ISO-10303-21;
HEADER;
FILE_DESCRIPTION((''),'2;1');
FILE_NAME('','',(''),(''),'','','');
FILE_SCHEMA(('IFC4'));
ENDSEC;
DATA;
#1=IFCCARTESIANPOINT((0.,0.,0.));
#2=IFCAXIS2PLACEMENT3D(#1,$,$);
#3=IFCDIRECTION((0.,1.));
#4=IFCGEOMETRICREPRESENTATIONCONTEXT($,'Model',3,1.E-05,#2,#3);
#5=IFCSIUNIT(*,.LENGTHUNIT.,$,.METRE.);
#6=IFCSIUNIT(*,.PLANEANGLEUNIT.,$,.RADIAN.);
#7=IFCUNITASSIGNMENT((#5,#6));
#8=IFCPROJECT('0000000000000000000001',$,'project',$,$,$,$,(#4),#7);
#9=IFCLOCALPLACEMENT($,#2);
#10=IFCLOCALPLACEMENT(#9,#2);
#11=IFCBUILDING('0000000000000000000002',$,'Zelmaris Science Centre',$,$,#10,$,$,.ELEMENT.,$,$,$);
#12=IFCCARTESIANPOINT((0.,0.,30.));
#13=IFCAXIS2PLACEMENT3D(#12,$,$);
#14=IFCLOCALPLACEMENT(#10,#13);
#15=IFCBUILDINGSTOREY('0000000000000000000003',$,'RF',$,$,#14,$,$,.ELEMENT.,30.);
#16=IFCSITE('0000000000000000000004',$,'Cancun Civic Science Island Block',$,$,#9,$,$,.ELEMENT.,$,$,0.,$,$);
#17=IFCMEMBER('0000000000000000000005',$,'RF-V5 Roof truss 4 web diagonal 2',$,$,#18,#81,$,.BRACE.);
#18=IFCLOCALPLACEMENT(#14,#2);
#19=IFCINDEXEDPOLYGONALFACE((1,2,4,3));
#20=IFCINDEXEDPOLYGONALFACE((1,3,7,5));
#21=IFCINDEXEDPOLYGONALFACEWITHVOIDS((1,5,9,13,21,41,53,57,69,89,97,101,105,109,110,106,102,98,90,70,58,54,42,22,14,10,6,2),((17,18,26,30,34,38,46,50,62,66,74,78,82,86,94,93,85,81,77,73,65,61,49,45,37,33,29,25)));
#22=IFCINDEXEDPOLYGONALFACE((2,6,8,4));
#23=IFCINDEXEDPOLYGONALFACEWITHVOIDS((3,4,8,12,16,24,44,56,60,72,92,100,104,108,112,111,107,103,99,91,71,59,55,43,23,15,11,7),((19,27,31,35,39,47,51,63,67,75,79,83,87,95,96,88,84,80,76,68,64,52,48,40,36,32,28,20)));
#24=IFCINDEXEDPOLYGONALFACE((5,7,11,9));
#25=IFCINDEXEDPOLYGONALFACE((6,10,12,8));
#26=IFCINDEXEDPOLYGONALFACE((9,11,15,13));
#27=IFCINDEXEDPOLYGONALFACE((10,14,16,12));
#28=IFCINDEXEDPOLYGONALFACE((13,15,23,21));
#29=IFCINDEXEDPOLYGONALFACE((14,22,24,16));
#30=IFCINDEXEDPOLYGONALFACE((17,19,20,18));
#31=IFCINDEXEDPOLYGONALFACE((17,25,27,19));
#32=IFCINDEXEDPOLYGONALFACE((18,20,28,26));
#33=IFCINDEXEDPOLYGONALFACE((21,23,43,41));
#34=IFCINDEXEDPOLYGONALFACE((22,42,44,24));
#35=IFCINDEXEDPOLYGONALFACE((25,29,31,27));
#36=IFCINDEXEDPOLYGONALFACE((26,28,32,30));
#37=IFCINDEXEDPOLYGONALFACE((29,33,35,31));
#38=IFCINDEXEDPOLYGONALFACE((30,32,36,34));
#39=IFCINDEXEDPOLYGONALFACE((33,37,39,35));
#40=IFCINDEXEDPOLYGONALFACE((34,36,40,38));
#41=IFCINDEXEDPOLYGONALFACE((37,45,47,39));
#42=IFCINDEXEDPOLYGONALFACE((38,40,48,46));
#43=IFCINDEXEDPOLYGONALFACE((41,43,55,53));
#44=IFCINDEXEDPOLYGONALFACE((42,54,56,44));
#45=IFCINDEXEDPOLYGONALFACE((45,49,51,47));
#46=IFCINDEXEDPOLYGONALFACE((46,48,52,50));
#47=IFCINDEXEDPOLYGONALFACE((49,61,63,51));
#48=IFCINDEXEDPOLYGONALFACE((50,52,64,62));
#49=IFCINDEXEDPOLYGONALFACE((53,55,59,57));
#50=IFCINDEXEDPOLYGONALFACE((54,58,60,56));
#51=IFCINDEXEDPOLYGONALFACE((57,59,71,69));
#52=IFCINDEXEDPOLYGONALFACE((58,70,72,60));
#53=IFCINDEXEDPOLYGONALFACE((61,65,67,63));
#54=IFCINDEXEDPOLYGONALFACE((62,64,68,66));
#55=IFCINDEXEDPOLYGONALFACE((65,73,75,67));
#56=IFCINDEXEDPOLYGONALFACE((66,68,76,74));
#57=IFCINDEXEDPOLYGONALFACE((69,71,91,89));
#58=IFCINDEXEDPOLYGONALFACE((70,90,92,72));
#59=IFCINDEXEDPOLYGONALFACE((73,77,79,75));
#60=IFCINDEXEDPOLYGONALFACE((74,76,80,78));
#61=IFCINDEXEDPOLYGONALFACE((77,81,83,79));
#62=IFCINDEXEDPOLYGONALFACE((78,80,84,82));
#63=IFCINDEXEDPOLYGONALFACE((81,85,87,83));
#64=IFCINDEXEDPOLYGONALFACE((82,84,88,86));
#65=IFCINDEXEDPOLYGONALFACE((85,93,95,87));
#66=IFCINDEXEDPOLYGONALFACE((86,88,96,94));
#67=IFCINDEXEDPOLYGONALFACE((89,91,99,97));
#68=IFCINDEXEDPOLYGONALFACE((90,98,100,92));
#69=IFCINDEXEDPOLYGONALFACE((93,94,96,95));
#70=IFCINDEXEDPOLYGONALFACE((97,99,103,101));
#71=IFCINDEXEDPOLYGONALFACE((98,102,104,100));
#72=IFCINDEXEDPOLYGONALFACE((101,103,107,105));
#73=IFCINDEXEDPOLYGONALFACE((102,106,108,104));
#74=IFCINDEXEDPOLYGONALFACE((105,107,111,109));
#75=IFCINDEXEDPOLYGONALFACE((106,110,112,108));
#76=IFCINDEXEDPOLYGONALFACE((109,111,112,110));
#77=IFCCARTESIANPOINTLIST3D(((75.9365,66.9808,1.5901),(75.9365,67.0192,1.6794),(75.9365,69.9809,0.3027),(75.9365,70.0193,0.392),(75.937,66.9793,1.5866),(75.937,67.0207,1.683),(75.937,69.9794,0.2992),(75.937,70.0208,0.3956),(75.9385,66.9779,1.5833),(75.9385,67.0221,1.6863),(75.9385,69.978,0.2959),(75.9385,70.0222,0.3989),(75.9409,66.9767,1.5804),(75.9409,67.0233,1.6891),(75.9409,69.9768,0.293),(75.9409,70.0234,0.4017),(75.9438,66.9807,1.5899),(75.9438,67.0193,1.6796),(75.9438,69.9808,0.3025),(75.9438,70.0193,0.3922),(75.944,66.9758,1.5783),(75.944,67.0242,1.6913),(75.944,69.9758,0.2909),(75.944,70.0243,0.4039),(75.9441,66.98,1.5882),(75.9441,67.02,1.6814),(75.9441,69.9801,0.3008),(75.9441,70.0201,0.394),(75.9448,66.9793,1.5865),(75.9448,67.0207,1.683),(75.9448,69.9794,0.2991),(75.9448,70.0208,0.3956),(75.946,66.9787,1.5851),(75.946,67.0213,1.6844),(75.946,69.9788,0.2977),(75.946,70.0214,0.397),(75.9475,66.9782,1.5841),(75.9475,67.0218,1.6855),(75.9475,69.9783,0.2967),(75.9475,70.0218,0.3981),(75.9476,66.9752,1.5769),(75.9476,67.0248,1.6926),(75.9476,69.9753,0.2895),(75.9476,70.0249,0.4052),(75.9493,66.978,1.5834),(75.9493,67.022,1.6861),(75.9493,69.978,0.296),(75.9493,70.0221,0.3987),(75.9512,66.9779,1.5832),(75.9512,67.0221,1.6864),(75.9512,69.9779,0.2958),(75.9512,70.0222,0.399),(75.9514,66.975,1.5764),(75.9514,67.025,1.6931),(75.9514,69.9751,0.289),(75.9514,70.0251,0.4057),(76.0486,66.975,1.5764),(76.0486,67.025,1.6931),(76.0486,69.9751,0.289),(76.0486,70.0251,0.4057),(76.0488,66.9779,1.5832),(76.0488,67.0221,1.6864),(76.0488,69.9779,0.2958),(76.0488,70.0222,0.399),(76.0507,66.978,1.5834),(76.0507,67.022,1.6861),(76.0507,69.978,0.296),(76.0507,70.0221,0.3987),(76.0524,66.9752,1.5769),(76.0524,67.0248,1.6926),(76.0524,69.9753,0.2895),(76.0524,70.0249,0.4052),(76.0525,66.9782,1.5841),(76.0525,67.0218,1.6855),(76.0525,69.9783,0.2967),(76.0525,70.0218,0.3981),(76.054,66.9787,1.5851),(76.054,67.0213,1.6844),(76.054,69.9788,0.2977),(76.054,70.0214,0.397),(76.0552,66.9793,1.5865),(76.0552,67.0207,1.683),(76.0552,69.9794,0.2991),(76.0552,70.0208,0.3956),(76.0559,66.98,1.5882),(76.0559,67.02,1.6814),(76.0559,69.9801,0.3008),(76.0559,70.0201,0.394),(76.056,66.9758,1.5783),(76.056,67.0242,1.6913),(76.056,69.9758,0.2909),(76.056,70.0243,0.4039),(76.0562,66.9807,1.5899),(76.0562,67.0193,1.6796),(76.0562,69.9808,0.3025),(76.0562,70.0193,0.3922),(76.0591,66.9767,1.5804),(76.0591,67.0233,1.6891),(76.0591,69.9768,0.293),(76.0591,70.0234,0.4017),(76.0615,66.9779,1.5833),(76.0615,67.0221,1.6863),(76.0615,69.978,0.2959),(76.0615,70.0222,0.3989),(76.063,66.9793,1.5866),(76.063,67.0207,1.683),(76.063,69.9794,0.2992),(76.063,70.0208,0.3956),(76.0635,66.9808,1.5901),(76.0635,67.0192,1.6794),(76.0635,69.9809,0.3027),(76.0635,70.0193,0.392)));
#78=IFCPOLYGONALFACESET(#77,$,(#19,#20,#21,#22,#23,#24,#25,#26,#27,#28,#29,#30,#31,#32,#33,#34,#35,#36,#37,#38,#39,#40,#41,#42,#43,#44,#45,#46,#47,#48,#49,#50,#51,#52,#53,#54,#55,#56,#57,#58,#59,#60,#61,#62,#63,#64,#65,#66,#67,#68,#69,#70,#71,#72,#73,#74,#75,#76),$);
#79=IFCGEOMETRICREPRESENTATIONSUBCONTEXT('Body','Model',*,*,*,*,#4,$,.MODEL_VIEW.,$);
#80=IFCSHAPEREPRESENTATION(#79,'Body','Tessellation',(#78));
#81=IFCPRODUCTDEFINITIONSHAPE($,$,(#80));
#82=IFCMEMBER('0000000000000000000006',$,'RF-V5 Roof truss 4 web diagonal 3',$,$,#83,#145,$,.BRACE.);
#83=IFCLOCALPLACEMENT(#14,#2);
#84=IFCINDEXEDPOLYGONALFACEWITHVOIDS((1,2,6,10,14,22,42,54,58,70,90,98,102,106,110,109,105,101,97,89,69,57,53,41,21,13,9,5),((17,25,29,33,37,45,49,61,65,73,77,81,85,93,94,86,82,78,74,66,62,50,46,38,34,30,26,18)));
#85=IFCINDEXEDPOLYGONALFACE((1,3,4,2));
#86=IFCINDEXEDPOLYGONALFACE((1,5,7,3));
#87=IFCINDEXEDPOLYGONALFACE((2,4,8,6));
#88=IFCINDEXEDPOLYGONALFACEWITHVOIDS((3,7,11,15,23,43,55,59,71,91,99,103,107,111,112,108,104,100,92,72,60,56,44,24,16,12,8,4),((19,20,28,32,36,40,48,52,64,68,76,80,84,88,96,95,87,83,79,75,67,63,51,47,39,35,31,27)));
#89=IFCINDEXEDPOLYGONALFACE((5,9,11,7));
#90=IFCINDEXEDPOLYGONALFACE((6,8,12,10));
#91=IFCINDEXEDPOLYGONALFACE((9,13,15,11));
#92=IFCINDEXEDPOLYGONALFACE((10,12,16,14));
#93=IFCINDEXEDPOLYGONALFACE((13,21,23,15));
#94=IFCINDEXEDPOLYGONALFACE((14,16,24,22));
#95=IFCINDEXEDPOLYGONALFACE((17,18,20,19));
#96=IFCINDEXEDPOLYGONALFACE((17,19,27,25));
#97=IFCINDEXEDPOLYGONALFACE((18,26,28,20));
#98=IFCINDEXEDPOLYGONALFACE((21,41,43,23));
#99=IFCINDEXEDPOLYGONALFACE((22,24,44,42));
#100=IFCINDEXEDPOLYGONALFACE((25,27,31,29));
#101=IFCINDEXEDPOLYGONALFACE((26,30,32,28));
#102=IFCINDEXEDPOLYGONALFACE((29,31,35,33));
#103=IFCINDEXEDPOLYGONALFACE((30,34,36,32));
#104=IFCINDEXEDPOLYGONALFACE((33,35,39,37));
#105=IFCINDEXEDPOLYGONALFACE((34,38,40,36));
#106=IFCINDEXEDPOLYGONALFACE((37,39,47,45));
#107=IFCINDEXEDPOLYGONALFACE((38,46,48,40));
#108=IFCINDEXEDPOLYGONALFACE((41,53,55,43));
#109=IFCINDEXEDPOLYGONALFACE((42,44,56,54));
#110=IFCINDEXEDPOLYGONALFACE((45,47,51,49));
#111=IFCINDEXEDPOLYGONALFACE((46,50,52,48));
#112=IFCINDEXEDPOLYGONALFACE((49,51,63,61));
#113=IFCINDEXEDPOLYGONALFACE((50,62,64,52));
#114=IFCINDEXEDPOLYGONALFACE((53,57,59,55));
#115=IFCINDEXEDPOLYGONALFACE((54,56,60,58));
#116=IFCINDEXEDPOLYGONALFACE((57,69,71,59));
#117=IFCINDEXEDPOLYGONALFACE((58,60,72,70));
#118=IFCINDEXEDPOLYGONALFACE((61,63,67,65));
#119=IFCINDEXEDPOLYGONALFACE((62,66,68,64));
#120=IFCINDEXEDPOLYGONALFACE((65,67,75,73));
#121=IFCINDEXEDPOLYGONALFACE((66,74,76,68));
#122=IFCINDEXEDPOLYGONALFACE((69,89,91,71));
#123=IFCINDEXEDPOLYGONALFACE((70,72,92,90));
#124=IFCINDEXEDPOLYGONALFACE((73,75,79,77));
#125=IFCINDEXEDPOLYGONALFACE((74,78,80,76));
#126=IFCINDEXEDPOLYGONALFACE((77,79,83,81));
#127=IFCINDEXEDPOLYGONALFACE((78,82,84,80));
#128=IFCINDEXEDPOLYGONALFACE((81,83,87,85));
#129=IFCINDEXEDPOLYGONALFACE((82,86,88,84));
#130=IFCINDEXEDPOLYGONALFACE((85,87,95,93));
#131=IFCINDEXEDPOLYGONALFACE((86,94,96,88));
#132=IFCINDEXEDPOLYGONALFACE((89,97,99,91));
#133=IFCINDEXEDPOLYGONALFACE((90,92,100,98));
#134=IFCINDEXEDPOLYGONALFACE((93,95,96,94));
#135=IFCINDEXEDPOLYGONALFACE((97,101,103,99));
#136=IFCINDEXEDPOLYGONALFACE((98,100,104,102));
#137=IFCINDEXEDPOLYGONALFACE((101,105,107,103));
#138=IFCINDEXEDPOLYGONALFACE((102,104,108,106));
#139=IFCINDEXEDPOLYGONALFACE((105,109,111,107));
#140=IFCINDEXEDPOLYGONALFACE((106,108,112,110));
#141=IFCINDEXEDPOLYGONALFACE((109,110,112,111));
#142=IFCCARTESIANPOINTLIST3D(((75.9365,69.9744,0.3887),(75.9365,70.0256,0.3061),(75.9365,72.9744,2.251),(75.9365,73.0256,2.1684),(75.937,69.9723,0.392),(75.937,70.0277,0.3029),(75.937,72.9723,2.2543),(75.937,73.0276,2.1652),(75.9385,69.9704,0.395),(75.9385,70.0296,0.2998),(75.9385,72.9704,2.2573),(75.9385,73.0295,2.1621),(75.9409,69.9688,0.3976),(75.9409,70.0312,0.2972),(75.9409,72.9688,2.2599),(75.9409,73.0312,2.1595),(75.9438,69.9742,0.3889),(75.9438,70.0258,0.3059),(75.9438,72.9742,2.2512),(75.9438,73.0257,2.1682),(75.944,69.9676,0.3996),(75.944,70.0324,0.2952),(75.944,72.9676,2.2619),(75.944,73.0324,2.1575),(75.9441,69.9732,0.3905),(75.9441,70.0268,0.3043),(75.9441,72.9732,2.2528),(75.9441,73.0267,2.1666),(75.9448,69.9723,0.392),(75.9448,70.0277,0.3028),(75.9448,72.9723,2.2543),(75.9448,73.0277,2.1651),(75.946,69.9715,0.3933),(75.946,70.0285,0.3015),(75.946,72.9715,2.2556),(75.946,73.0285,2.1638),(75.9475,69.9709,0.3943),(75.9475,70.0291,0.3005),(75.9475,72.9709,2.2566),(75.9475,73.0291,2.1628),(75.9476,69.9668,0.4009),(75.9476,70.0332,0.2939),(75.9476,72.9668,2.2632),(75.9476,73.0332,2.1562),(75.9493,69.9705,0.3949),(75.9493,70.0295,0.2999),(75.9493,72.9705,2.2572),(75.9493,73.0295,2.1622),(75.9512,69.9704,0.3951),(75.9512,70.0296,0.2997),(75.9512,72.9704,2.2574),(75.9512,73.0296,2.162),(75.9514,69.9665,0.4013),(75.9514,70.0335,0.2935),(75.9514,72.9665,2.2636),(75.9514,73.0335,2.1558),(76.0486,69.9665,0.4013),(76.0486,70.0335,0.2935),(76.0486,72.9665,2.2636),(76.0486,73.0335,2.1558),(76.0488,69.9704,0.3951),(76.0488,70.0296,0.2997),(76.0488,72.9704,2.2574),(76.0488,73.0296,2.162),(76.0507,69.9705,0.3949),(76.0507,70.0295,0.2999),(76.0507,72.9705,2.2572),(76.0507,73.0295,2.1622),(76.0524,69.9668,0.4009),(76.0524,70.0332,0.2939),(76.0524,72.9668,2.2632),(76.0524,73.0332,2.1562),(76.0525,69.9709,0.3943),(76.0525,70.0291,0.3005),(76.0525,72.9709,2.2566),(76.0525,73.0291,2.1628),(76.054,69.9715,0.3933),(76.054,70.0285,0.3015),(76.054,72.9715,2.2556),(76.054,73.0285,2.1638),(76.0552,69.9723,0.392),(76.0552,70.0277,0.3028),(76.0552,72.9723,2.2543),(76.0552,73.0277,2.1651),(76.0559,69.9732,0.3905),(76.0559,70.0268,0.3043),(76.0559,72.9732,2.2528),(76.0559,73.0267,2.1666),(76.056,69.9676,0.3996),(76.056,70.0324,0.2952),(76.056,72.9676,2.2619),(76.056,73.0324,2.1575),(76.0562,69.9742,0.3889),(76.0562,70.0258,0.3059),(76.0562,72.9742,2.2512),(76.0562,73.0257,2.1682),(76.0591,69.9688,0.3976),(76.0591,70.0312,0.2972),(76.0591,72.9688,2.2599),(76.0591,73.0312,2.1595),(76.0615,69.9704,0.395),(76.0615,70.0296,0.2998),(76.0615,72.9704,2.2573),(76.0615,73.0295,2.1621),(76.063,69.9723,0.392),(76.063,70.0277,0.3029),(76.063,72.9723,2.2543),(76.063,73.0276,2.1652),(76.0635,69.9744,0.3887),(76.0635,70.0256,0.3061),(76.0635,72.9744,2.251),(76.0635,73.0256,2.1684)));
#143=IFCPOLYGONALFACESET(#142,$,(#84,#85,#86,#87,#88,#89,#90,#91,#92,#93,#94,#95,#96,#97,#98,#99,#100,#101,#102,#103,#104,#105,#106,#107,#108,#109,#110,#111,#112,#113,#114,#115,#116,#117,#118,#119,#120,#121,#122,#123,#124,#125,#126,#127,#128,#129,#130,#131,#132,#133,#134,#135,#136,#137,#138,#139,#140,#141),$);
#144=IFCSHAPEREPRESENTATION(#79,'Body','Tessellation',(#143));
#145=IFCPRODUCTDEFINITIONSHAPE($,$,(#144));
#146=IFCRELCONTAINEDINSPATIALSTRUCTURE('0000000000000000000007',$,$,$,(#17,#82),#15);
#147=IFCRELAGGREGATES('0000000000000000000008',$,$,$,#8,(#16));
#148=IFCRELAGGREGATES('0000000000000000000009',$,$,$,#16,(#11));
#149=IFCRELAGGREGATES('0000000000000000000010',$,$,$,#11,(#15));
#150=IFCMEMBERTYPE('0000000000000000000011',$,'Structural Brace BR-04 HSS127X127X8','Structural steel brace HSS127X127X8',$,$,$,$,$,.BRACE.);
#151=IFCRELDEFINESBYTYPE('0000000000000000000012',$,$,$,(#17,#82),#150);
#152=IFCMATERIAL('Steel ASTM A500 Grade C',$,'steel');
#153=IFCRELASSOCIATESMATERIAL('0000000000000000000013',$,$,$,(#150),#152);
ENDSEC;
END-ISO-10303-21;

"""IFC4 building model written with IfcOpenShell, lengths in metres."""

from ifc_helpers import new_model, si_unit, direction, frame, origin, origin_2d, place, context, subcontext, project, spatial, hollow_rectangle, extrude, material, material_profile, profile_set, type_object, element, save


model = new_model("IFC4")

# Units and contexts
model_context = context("Model", 3, precision=1e-05, world=origin(), true_north=direction((0.0, 1.0)))
body_context = subcontext(model_context, "Body", "Model", "MODEL_VIEW")
ifc_project = project(units=[si_unit("LENGTHUNIT", "METRE"), si_unit("PLANEANGLEUNIT", "RADIAN")], contexts=[model_context])

# Site, building, storey
site_placement = place(None, origin())
site = spatial("IfcSite", under=ifc_project, at=site_placement, Name="Cancun Civic Science Island Block", CompositionType="ELEMENT", RefElevation=0.0)
building_placement = place(site_placement, origin())
building = spatial("IfcBuilding", under=site, at=building_placement, Name="Zelmaris Science Centre", CompositionType="ELEMENT")
storey_placement = place(building_placement, frame((0.0, 0.0, 30.0)))
storey = spatial("IfcBuildingStorey", under=building, at=storey_placement, Name="RF", CompositionType="ELEMENT", Elevation=30.0)

# Shared definitions
ifc_material = material(Name="Steel ASTM A500 Grade C", Category="steel")

# Members
ifc_material_profile_1 = material_profile(ifc_material, hollow_rectangle(XDim=0.127, YDim=0.127, WallThickness=0.0073, InnerFilletRadius=0.0073, OuterFilletRadius=0.0149, at=origin_2d()), Name="HSS127X127X8")
ifc_profile_set_1 = profile_set([ifc_material_profile_1], Name="Steel ASTM A500 Grade C")
member_type_1 = type_object("IfcMemberType", Name="Structural Brace BR-04 HSS127X127X8", Description="Structural steel brace HSS127X127X8", PredefinedType="BRACE", material=ifc_profile_set_1)
for number, where, z_axis, x_axis, name in (
    (1, (76.0, 67.0, 1.6348), (0.0, 0.918963, -0.394343), (-1.0, 0.0, 0.0), "RF-V5 Roof truss 4 web diagonal 2"),
):
    element("IfcMember", number, at=place(storey_placement, frame(where, z_axis=z_axis, x_axis=x_axis)), inside=storey, type_object=member_type_1, Name=name, PredefinedType="BRACE", context=body_context, shape_type="SweptSolid", body=[
        extrude(hollow_rectangle(XDim=0.127, YDim=0.127, WallThickness=0.0073, InnerFilletRadius=0.0073, OuterFilletRadius=0.0149, at=origin_2d()), origin(), (0.0, 0.0, 1.0), 3.2646),
    ])
member_1_placement = place(storey_placement, frame((76.0, 70.0, 0.3474), z_axis=(0.0, 0.84961, 0.527411), x_axis=(-1.0, 0.0, 0.0)))
element("IfcMember", 2, at=member_1_placement, inside=storey, type_object=member_type_1, Name="RF-V5 Roof truss 4 web diagonal 3", PredefinedType="BRACE", context=body_context, shape_type="SweptSolid", body=[
    extrude(hollow_rectangle(XDim=0.127, YDim=0.127, WallThickness=0.0073, InnerFilletRadius=0.0073, OuterFilletRadius=0.0149, at=origin_2d()), origin(), (0.0, 0.0, 1.0), 3.531),
])

save(model, "model.ifc")
